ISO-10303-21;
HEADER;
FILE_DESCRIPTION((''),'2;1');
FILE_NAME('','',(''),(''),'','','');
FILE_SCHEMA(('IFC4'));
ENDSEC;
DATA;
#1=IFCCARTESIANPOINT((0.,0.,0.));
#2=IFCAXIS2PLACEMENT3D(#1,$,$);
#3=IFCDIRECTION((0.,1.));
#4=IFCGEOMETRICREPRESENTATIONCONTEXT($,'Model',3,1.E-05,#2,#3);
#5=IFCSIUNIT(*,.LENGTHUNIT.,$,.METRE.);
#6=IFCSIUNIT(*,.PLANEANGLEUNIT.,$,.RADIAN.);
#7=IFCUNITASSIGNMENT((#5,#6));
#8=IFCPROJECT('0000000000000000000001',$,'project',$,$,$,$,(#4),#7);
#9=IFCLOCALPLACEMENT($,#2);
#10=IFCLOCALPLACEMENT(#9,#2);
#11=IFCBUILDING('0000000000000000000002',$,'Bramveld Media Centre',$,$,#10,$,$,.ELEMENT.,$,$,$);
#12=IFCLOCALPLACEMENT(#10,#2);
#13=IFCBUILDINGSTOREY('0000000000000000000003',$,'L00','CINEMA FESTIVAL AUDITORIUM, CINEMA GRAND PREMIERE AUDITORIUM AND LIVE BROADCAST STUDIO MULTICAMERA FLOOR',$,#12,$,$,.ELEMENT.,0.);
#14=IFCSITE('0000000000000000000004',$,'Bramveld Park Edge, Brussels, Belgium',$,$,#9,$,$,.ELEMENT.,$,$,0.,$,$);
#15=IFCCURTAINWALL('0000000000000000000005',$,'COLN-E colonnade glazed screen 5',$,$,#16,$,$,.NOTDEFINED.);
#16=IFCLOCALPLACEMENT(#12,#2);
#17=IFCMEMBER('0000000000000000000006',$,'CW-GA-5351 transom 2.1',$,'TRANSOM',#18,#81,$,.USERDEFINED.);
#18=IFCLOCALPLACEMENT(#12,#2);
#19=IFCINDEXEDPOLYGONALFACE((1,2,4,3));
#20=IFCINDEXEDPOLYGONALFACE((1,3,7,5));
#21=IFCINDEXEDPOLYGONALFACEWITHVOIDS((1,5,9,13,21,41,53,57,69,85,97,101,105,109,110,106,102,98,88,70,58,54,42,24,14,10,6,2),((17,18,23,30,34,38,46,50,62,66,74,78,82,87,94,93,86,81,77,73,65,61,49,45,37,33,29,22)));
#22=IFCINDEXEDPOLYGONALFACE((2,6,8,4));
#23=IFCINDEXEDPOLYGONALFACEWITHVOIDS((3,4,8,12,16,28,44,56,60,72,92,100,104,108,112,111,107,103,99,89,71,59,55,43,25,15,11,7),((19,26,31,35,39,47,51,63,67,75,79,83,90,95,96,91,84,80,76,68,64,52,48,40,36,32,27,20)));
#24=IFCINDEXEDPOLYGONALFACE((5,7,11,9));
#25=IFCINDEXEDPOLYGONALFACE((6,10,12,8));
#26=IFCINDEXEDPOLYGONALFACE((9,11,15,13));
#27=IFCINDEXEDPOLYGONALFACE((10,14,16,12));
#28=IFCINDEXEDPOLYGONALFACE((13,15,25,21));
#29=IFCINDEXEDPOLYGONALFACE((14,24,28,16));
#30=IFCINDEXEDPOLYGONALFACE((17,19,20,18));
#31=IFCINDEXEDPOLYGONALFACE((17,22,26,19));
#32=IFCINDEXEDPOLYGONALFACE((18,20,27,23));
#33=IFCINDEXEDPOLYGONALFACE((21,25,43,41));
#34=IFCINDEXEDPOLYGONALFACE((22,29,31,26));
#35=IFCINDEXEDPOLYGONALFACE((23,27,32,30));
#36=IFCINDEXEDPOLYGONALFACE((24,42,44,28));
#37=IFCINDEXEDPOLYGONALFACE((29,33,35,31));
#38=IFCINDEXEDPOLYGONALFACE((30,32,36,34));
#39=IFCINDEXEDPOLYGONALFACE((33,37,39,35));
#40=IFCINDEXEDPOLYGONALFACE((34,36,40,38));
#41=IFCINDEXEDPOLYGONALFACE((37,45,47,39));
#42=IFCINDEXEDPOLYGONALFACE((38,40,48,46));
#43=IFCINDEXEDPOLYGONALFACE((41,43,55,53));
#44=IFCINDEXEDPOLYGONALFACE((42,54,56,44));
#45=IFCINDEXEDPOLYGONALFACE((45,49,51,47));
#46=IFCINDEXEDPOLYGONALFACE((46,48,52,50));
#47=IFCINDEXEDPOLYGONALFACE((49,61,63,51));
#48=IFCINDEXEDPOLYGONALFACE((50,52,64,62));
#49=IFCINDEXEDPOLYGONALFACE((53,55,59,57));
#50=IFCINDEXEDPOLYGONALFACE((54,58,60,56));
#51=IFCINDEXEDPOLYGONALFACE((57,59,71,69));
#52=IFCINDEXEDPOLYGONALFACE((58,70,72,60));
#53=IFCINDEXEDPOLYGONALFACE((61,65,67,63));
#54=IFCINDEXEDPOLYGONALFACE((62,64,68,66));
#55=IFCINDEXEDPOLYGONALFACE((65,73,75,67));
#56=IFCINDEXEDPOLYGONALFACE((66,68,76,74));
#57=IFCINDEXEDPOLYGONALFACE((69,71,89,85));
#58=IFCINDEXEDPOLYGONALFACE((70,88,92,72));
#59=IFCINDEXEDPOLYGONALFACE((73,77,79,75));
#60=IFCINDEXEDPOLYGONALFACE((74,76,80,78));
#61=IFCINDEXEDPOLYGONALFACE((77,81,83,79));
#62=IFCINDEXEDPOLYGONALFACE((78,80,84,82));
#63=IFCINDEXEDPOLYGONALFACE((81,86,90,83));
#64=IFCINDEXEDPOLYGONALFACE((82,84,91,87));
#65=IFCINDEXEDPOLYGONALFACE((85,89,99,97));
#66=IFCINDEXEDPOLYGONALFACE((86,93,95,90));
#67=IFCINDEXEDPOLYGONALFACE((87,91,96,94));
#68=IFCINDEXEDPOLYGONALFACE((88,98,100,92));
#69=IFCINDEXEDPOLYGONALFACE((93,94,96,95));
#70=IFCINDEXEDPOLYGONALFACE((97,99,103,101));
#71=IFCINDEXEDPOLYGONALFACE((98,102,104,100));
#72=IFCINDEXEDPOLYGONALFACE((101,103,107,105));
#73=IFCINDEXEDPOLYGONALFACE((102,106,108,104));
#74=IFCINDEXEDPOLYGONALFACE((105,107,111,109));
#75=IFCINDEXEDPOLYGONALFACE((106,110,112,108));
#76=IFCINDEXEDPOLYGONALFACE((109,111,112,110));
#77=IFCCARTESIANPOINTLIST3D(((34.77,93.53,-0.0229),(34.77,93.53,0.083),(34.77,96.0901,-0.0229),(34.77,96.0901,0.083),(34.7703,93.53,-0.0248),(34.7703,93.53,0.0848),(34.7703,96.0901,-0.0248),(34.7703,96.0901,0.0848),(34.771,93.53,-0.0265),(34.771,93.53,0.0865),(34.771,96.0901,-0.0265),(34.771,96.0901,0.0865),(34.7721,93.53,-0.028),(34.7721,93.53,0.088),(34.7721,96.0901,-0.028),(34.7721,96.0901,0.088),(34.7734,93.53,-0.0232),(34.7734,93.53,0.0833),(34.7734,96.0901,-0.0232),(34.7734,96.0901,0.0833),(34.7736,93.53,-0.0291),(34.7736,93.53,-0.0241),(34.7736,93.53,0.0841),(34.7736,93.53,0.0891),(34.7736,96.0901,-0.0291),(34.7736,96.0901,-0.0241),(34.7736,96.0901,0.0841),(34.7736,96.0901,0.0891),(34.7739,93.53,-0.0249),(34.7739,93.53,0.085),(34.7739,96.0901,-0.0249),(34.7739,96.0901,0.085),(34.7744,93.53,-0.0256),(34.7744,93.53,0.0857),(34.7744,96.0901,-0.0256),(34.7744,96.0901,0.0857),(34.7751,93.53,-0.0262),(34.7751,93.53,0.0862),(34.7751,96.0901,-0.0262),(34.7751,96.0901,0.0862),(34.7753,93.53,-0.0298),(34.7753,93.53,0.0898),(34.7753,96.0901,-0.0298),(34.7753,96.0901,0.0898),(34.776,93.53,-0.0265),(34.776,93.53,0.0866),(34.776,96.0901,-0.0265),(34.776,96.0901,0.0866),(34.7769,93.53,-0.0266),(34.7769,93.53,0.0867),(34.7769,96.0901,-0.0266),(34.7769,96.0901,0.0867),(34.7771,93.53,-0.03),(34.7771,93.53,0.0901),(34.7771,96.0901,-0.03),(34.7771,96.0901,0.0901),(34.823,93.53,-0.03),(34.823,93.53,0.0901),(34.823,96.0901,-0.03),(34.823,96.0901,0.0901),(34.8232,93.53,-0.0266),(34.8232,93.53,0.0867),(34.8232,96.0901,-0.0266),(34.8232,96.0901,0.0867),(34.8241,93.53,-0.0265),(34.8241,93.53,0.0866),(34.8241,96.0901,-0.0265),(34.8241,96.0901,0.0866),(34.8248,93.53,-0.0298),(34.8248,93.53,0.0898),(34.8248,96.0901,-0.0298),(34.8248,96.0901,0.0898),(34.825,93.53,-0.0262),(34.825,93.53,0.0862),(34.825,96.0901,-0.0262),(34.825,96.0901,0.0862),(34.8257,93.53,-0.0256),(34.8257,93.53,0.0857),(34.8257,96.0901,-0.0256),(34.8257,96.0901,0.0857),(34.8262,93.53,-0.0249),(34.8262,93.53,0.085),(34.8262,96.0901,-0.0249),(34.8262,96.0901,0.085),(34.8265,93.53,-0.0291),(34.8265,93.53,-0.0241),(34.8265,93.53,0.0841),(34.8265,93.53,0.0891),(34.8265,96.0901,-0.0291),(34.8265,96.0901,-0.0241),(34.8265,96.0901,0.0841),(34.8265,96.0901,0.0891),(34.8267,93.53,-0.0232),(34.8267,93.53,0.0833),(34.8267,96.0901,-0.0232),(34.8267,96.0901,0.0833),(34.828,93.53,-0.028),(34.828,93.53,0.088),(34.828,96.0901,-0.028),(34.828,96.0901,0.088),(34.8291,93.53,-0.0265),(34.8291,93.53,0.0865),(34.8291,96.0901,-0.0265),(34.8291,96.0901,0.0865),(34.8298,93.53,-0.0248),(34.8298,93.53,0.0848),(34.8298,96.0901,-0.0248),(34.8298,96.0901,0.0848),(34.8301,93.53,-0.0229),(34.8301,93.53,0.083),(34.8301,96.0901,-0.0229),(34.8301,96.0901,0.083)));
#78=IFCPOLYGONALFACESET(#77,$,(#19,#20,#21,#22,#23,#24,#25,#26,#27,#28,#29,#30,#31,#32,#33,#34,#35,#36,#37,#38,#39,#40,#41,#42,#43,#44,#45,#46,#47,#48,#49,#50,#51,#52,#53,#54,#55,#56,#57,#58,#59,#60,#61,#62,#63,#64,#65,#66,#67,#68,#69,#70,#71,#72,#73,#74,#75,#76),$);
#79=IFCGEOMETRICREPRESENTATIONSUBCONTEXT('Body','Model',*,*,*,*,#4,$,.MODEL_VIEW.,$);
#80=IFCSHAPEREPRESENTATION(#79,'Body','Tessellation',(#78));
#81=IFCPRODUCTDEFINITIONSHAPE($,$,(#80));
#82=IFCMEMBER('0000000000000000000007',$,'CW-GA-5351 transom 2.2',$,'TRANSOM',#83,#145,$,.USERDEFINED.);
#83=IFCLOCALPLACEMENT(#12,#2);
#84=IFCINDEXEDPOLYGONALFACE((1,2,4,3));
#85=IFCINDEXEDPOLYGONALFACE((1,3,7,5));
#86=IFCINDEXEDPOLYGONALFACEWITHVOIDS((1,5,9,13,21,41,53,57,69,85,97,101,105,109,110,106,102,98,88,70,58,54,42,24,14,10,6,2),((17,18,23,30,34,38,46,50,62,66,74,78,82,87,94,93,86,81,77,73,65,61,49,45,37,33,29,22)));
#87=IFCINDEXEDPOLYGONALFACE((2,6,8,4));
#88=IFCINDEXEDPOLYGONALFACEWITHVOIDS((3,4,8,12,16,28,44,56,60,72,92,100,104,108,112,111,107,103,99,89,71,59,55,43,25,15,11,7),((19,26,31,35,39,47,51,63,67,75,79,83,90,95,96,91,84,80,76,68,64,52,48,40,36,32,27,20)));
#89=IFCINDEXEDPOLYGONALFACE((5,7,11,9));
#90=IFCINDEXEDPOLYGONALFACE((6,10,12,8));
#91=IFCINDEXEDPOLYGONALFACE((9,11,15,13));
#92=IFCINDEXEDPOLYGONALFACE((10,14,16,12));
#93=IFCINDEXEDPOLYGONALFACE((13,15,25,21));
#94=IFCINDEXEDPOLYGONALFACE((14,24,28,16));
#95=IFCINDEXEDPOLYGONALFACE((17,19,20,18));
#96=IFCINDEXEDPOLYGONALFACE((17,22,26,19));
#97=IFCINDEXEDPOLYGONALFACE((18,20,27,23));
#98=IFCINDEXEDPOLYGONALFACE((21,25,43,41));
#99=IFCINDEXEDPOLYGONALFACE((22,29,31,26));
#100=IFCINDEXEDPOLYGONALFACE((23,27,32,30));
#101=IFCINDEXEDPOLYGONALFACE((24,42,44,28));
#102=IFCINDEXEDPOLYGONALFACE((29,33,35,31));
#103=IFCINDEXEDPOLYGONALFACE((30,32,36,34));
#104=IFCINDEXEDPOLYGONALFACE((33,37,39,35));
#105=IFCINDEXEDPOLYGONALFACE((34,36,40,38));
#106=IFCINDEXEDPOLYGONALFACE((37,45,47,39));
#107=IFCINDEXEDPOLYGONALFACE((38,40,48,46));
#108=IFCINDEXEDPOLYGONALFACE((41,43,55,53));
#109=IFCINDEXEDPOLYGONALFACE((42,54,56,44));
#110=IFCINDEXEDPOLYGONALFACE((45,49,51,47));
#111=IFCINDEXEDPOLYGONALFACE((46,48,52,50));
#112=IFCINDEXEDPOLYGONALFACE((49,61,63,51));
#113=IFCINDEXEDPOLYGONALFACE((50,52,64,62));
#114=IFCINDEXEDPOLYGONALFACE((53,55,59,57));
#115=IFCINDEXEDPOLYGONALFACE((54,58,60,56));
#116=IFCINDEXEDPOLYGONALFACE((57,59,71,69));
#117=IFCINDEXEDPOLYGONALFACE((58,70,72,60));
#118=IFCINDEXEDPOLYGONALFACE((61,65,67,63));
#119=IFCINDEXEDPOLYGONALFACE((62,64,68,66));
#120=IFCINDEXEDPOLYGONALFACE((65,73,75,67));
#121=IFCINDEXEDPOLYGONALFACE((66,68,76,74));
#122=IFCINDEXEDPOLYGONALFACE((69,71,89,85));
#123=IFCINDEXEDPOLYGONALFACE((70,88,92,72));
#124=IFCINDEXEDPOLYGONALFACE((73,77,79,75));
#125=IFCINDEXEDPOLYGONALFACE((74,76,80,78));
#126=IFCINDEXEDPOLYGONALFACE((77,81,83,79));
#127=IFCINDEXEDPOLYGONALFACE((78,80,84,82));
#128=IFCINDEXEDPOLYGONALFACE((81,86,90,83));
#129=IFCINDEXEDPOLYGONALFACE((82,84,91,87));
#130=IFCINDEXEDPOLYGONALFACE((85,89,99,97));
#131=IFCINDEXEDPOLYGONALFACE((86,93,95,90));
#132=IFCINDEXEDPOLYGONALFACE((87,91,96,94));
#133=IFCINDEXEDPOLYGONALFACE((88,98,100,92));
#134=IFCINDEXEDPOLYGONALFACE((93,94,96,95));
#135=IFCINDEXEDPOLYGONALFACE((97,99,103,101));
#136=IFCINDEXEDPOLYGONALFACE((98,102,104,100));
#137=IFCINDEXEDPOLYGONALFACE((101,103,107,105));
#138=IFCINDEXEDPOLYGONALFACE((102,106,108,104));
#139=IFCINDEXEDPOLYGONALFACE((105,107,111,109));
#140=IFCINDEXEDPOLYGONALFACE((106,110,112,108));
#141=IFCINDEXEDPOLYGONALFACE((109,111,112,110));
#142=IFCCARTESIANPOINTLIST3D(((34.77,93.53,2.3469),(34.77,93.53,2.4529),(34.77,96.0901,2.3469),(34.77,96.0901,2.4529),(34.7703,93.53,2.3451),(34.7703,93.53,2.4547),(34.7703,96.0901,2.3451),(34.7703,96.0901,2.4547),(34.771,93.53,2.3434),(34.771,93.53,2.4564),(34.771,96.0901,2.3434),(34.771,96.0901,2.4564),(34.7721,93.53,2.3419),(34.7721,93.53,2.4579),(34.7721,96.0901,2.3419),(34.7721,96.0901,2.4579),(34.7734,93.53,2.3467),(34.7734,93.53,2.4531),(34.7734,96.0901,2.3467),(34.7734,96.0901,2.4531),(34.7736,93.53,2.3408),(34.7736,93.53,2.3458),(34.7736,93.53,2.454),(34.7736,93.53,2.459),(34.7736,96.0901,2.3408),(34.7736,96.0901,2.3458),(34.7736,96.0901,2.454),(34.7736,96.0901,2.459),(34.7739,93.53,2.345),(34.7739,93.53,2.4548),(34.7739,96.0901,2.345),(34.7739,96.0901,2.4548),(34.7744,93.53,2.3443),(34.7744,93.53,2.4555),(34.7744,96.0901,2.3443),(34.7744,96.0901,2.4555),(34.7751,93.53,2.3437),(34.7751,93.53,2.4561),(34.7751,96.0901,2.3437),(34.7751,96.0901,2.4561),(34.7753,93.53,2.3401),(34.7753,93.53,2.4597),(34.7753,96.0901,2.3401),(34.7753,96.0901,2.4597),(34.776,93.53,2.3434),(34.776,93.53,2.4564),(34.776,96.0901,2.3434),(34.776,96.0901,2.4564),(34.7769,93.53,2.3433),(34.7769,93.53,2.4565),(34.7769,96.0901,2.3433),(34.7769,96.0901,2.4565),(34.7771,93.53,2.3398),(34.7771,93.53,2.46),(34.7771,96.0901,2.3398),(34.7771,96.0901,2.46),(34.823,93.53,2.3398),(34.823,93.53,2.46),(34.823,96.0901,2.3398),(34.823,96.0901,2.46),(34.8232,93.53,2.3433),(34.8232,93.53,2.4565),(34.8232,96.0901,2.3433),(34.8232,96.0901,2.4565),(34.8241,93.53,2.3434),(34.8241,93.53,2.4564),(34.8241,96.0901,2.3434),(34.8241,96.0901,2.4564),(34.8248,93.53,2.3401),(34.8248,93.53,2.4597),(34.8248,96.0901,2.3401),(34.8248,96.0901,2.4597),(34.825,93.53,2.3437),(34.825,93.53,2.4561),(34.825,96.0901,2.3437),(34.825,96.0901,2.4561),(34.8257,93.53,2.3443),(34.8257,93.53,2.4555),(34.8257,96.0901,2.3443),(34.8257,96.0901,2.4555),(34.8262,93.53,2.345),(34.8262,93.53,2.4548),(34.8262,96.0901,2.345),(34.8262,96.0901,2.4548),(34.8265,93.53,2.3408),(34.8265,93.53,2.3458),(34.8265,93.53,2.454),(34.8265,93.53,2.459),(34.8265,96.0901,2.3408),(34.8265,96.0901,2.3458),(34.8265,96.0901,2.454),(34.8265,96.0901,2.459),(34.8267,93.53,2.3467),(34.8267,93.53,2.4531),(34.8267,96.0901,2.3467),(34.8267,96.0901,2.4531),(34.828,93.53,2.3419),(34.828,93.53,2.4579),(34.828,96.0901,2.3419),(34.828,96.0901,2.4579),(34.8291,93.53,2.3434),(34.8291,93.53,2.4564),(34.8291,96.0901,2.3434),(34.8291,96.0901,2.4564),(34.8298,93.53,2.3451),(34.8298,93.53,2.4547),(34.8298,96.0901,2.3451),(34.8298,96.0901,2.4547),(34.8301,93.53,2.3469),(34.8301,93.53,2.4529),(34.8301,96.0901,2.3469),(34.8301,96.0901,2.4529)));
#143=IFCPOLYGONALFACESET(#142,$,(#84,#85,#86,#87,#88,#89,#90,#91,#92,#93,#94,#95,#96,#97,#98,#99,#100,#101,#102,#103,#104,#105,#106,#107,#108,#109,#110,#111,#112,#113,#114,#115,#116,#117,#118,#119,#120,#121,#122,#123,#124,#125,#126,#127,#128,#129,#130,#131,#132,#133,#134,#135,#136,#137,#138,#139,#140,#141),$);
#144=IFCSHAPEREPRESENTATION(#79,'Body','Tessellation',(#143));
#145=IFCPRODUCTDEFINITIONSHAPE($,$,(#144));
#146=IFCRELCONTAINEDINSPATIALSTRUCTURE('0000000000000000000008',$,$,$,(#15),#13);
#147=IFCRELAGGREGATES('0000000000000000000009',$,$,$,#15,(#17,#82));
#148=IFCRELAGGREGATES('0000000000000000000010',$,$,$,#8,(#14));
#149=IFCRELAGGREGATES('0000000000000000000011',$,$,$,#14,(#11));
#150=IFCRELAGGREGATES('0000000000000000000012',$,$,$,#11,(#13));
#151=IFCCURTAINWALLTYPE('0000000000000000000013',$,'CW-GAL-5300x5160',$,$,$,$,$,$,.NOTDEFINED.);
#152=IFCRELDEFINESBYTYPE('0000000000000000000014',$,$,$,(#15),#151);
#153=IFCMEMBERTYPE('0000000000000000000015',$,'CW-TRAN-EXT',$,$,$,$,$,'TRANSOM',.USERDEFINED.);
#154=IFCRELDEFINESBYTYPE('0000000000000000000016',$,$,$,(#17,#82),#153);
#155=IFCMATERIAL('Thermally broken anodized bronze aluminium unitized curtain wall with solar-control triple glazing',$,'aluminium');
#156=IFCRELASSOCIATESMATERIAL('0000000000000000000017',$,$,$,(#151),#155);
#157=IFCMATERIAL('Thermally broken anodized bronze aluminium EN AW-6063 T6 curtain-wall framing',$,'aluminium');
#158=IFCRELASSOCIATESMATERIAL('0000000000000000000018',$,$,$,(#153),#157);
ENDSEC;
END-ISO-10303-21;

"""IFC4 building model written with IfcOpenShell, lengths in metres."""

from ifc_helpers import new_model, si_unit, direction, frame, origin, origin_2d, place, context, subcontext, project, spatial, hollow_rectangle, extrude, material, material_profile, profile_set, type_object, element, aggregate, save


model = new_model("IFC4")

# Units and contexts
model_context = context("Model", 3, precision=1e-05, world=origin(), true_north=direction((0.0, 1.0)))
body_context = subcontext(model_context, "Body", "Model", "MODEL_VIEW")
ifc_project = project(units=[si_unit("LENGTHUNIT", "METRE"), si_unit("PLANEANGLEUNIT", "RADIAN")], contexts=[model_context])

# Site, building, storey
site_placement = place(None, origin())
site = spatial("IfcSite", under=ifc_project, at=site_placement, Name="Bramveld Park Edge, Brussels, Belgium", CompositionType="ELEMENT", RefElevation=0.0)
building_placement = place(site_placement, origin())
building = spatial("IfcBuilding", under=site, at=building_placement, Name="Bramveld Media Centre", CompositionType="ELEMENT")
storey_placement = place(building_placement, origin())
storey = spatial("IfcBuildingStorey", under=building, at=storey_placement, Name="L00", Description="CINEMA FESTIVAL AUDITORIUM, CINEMA GRAND PREMIERE AUDITORIUM AND LIVE BROADCAST STUDIO MULTICAMERA FLOOR", CompositionType="ELEMENT", Elevation=0.0)

# Curtain wall
ifc_material_1 = material(Name="Thermally broken anodized bronze aluminium unitized curtain wall with solar-control triple glazing", Category="aluminium")
curtain_wall_type_1 = type_object("IfcCurtainWallType", Name="CW-GAL-5300x5160", PredefinedType="NOTDEFINED", material=ifc_material_1)
curtain_wall_1_placement = place(storey_placement, origin())
curtain_wall_1 = element("IfcCurtainWall", 1, at=curtain_wall_1_placement, inside=storey, type_object=curtain_wall_type_1, Name="COLN-E colonnade glazed screen 5", PredefinedType="NOTDEFINED")

# Members
ifc_material_2 = material(Name="Thermally broken anodized bronze aluminium EN AW-6063 T6 curtain-wall framing", Category="aluminium")
ifc_material_profile_1 = material_profile(ifc_material_2, hollow_rectangle(XDim=0.0601, YDim=0.1201, WallThickness=0.0034, InnerFilletRadius=0.0034, OuterFilletRadius=0.0071, at=origin_2d()), Name="AL-TRAN 60x120")
ifc_profile_set_1 = profile_set([ifc_material_profile_1], Name="Thermally broken anodized bronze aluminium EN AW-6063 T6 curtain-wall framing")
member_type_1 = type_object("IfcMemberType", Name="CW-TRAN-EXT", ElementType="TRANSOM", PredefinedType="USERDEFINED", material=ifc_profile_set_1)
member_1_placement = place(storey_placement, frame((34.8, 93.53, 0.03), z_axis=(0.0, 1.0, 0.0), x_axis=(-1.0, 0.0, 0.0)))
member_1 = element("IfcMember", 2, at=member_1_placement, type_object=member_type_1, Name="CW-GA-5351 transom 2.1", ObjectType="TRANSOM", PredefinedType="USERDEFINED", context=body_context, shape_type="SweptSolid", body=[
    extrude(hollow_rectangle(XDim=0.0601, YDim=0.1201, WallThickness=0.0034, InnerFilletRadius=0.0034, OuterFilletRadius=0.0071, at=origin_2d()), origin(), (0.0, 0.0, 1.0), 2.5601),
])
member_2_placement = place(storey_placement, frame((34.8, 93.53, 2.3999), z_axis=(0.0, 1.0, 0.0), x_axis=(-1.0, 0.0, 0.0)))
member_2 = element("IfcMember", 3, at=member_2_placement, type_object=member_type_1, Name="CW-GA-5351 transom 2.2", ObjectType="TRANSOM", PredefinedType="USERDEFINED", context=body_context, shape_type="SweptSolid", body=[
    extrude(hollow_rectangle(XDim=0.0601, YDim=0.1201, WallThickness=0.0034, InnerFilletRadius=0.0034, OuterFilletRadius=0.0071, at=origin_2d()), origin(), (0.0, 0.0, 1.0), 2.5601),
])

aggregate(curtain_wall_1, [member_1, member_2])

save(model, "model.ifc")
